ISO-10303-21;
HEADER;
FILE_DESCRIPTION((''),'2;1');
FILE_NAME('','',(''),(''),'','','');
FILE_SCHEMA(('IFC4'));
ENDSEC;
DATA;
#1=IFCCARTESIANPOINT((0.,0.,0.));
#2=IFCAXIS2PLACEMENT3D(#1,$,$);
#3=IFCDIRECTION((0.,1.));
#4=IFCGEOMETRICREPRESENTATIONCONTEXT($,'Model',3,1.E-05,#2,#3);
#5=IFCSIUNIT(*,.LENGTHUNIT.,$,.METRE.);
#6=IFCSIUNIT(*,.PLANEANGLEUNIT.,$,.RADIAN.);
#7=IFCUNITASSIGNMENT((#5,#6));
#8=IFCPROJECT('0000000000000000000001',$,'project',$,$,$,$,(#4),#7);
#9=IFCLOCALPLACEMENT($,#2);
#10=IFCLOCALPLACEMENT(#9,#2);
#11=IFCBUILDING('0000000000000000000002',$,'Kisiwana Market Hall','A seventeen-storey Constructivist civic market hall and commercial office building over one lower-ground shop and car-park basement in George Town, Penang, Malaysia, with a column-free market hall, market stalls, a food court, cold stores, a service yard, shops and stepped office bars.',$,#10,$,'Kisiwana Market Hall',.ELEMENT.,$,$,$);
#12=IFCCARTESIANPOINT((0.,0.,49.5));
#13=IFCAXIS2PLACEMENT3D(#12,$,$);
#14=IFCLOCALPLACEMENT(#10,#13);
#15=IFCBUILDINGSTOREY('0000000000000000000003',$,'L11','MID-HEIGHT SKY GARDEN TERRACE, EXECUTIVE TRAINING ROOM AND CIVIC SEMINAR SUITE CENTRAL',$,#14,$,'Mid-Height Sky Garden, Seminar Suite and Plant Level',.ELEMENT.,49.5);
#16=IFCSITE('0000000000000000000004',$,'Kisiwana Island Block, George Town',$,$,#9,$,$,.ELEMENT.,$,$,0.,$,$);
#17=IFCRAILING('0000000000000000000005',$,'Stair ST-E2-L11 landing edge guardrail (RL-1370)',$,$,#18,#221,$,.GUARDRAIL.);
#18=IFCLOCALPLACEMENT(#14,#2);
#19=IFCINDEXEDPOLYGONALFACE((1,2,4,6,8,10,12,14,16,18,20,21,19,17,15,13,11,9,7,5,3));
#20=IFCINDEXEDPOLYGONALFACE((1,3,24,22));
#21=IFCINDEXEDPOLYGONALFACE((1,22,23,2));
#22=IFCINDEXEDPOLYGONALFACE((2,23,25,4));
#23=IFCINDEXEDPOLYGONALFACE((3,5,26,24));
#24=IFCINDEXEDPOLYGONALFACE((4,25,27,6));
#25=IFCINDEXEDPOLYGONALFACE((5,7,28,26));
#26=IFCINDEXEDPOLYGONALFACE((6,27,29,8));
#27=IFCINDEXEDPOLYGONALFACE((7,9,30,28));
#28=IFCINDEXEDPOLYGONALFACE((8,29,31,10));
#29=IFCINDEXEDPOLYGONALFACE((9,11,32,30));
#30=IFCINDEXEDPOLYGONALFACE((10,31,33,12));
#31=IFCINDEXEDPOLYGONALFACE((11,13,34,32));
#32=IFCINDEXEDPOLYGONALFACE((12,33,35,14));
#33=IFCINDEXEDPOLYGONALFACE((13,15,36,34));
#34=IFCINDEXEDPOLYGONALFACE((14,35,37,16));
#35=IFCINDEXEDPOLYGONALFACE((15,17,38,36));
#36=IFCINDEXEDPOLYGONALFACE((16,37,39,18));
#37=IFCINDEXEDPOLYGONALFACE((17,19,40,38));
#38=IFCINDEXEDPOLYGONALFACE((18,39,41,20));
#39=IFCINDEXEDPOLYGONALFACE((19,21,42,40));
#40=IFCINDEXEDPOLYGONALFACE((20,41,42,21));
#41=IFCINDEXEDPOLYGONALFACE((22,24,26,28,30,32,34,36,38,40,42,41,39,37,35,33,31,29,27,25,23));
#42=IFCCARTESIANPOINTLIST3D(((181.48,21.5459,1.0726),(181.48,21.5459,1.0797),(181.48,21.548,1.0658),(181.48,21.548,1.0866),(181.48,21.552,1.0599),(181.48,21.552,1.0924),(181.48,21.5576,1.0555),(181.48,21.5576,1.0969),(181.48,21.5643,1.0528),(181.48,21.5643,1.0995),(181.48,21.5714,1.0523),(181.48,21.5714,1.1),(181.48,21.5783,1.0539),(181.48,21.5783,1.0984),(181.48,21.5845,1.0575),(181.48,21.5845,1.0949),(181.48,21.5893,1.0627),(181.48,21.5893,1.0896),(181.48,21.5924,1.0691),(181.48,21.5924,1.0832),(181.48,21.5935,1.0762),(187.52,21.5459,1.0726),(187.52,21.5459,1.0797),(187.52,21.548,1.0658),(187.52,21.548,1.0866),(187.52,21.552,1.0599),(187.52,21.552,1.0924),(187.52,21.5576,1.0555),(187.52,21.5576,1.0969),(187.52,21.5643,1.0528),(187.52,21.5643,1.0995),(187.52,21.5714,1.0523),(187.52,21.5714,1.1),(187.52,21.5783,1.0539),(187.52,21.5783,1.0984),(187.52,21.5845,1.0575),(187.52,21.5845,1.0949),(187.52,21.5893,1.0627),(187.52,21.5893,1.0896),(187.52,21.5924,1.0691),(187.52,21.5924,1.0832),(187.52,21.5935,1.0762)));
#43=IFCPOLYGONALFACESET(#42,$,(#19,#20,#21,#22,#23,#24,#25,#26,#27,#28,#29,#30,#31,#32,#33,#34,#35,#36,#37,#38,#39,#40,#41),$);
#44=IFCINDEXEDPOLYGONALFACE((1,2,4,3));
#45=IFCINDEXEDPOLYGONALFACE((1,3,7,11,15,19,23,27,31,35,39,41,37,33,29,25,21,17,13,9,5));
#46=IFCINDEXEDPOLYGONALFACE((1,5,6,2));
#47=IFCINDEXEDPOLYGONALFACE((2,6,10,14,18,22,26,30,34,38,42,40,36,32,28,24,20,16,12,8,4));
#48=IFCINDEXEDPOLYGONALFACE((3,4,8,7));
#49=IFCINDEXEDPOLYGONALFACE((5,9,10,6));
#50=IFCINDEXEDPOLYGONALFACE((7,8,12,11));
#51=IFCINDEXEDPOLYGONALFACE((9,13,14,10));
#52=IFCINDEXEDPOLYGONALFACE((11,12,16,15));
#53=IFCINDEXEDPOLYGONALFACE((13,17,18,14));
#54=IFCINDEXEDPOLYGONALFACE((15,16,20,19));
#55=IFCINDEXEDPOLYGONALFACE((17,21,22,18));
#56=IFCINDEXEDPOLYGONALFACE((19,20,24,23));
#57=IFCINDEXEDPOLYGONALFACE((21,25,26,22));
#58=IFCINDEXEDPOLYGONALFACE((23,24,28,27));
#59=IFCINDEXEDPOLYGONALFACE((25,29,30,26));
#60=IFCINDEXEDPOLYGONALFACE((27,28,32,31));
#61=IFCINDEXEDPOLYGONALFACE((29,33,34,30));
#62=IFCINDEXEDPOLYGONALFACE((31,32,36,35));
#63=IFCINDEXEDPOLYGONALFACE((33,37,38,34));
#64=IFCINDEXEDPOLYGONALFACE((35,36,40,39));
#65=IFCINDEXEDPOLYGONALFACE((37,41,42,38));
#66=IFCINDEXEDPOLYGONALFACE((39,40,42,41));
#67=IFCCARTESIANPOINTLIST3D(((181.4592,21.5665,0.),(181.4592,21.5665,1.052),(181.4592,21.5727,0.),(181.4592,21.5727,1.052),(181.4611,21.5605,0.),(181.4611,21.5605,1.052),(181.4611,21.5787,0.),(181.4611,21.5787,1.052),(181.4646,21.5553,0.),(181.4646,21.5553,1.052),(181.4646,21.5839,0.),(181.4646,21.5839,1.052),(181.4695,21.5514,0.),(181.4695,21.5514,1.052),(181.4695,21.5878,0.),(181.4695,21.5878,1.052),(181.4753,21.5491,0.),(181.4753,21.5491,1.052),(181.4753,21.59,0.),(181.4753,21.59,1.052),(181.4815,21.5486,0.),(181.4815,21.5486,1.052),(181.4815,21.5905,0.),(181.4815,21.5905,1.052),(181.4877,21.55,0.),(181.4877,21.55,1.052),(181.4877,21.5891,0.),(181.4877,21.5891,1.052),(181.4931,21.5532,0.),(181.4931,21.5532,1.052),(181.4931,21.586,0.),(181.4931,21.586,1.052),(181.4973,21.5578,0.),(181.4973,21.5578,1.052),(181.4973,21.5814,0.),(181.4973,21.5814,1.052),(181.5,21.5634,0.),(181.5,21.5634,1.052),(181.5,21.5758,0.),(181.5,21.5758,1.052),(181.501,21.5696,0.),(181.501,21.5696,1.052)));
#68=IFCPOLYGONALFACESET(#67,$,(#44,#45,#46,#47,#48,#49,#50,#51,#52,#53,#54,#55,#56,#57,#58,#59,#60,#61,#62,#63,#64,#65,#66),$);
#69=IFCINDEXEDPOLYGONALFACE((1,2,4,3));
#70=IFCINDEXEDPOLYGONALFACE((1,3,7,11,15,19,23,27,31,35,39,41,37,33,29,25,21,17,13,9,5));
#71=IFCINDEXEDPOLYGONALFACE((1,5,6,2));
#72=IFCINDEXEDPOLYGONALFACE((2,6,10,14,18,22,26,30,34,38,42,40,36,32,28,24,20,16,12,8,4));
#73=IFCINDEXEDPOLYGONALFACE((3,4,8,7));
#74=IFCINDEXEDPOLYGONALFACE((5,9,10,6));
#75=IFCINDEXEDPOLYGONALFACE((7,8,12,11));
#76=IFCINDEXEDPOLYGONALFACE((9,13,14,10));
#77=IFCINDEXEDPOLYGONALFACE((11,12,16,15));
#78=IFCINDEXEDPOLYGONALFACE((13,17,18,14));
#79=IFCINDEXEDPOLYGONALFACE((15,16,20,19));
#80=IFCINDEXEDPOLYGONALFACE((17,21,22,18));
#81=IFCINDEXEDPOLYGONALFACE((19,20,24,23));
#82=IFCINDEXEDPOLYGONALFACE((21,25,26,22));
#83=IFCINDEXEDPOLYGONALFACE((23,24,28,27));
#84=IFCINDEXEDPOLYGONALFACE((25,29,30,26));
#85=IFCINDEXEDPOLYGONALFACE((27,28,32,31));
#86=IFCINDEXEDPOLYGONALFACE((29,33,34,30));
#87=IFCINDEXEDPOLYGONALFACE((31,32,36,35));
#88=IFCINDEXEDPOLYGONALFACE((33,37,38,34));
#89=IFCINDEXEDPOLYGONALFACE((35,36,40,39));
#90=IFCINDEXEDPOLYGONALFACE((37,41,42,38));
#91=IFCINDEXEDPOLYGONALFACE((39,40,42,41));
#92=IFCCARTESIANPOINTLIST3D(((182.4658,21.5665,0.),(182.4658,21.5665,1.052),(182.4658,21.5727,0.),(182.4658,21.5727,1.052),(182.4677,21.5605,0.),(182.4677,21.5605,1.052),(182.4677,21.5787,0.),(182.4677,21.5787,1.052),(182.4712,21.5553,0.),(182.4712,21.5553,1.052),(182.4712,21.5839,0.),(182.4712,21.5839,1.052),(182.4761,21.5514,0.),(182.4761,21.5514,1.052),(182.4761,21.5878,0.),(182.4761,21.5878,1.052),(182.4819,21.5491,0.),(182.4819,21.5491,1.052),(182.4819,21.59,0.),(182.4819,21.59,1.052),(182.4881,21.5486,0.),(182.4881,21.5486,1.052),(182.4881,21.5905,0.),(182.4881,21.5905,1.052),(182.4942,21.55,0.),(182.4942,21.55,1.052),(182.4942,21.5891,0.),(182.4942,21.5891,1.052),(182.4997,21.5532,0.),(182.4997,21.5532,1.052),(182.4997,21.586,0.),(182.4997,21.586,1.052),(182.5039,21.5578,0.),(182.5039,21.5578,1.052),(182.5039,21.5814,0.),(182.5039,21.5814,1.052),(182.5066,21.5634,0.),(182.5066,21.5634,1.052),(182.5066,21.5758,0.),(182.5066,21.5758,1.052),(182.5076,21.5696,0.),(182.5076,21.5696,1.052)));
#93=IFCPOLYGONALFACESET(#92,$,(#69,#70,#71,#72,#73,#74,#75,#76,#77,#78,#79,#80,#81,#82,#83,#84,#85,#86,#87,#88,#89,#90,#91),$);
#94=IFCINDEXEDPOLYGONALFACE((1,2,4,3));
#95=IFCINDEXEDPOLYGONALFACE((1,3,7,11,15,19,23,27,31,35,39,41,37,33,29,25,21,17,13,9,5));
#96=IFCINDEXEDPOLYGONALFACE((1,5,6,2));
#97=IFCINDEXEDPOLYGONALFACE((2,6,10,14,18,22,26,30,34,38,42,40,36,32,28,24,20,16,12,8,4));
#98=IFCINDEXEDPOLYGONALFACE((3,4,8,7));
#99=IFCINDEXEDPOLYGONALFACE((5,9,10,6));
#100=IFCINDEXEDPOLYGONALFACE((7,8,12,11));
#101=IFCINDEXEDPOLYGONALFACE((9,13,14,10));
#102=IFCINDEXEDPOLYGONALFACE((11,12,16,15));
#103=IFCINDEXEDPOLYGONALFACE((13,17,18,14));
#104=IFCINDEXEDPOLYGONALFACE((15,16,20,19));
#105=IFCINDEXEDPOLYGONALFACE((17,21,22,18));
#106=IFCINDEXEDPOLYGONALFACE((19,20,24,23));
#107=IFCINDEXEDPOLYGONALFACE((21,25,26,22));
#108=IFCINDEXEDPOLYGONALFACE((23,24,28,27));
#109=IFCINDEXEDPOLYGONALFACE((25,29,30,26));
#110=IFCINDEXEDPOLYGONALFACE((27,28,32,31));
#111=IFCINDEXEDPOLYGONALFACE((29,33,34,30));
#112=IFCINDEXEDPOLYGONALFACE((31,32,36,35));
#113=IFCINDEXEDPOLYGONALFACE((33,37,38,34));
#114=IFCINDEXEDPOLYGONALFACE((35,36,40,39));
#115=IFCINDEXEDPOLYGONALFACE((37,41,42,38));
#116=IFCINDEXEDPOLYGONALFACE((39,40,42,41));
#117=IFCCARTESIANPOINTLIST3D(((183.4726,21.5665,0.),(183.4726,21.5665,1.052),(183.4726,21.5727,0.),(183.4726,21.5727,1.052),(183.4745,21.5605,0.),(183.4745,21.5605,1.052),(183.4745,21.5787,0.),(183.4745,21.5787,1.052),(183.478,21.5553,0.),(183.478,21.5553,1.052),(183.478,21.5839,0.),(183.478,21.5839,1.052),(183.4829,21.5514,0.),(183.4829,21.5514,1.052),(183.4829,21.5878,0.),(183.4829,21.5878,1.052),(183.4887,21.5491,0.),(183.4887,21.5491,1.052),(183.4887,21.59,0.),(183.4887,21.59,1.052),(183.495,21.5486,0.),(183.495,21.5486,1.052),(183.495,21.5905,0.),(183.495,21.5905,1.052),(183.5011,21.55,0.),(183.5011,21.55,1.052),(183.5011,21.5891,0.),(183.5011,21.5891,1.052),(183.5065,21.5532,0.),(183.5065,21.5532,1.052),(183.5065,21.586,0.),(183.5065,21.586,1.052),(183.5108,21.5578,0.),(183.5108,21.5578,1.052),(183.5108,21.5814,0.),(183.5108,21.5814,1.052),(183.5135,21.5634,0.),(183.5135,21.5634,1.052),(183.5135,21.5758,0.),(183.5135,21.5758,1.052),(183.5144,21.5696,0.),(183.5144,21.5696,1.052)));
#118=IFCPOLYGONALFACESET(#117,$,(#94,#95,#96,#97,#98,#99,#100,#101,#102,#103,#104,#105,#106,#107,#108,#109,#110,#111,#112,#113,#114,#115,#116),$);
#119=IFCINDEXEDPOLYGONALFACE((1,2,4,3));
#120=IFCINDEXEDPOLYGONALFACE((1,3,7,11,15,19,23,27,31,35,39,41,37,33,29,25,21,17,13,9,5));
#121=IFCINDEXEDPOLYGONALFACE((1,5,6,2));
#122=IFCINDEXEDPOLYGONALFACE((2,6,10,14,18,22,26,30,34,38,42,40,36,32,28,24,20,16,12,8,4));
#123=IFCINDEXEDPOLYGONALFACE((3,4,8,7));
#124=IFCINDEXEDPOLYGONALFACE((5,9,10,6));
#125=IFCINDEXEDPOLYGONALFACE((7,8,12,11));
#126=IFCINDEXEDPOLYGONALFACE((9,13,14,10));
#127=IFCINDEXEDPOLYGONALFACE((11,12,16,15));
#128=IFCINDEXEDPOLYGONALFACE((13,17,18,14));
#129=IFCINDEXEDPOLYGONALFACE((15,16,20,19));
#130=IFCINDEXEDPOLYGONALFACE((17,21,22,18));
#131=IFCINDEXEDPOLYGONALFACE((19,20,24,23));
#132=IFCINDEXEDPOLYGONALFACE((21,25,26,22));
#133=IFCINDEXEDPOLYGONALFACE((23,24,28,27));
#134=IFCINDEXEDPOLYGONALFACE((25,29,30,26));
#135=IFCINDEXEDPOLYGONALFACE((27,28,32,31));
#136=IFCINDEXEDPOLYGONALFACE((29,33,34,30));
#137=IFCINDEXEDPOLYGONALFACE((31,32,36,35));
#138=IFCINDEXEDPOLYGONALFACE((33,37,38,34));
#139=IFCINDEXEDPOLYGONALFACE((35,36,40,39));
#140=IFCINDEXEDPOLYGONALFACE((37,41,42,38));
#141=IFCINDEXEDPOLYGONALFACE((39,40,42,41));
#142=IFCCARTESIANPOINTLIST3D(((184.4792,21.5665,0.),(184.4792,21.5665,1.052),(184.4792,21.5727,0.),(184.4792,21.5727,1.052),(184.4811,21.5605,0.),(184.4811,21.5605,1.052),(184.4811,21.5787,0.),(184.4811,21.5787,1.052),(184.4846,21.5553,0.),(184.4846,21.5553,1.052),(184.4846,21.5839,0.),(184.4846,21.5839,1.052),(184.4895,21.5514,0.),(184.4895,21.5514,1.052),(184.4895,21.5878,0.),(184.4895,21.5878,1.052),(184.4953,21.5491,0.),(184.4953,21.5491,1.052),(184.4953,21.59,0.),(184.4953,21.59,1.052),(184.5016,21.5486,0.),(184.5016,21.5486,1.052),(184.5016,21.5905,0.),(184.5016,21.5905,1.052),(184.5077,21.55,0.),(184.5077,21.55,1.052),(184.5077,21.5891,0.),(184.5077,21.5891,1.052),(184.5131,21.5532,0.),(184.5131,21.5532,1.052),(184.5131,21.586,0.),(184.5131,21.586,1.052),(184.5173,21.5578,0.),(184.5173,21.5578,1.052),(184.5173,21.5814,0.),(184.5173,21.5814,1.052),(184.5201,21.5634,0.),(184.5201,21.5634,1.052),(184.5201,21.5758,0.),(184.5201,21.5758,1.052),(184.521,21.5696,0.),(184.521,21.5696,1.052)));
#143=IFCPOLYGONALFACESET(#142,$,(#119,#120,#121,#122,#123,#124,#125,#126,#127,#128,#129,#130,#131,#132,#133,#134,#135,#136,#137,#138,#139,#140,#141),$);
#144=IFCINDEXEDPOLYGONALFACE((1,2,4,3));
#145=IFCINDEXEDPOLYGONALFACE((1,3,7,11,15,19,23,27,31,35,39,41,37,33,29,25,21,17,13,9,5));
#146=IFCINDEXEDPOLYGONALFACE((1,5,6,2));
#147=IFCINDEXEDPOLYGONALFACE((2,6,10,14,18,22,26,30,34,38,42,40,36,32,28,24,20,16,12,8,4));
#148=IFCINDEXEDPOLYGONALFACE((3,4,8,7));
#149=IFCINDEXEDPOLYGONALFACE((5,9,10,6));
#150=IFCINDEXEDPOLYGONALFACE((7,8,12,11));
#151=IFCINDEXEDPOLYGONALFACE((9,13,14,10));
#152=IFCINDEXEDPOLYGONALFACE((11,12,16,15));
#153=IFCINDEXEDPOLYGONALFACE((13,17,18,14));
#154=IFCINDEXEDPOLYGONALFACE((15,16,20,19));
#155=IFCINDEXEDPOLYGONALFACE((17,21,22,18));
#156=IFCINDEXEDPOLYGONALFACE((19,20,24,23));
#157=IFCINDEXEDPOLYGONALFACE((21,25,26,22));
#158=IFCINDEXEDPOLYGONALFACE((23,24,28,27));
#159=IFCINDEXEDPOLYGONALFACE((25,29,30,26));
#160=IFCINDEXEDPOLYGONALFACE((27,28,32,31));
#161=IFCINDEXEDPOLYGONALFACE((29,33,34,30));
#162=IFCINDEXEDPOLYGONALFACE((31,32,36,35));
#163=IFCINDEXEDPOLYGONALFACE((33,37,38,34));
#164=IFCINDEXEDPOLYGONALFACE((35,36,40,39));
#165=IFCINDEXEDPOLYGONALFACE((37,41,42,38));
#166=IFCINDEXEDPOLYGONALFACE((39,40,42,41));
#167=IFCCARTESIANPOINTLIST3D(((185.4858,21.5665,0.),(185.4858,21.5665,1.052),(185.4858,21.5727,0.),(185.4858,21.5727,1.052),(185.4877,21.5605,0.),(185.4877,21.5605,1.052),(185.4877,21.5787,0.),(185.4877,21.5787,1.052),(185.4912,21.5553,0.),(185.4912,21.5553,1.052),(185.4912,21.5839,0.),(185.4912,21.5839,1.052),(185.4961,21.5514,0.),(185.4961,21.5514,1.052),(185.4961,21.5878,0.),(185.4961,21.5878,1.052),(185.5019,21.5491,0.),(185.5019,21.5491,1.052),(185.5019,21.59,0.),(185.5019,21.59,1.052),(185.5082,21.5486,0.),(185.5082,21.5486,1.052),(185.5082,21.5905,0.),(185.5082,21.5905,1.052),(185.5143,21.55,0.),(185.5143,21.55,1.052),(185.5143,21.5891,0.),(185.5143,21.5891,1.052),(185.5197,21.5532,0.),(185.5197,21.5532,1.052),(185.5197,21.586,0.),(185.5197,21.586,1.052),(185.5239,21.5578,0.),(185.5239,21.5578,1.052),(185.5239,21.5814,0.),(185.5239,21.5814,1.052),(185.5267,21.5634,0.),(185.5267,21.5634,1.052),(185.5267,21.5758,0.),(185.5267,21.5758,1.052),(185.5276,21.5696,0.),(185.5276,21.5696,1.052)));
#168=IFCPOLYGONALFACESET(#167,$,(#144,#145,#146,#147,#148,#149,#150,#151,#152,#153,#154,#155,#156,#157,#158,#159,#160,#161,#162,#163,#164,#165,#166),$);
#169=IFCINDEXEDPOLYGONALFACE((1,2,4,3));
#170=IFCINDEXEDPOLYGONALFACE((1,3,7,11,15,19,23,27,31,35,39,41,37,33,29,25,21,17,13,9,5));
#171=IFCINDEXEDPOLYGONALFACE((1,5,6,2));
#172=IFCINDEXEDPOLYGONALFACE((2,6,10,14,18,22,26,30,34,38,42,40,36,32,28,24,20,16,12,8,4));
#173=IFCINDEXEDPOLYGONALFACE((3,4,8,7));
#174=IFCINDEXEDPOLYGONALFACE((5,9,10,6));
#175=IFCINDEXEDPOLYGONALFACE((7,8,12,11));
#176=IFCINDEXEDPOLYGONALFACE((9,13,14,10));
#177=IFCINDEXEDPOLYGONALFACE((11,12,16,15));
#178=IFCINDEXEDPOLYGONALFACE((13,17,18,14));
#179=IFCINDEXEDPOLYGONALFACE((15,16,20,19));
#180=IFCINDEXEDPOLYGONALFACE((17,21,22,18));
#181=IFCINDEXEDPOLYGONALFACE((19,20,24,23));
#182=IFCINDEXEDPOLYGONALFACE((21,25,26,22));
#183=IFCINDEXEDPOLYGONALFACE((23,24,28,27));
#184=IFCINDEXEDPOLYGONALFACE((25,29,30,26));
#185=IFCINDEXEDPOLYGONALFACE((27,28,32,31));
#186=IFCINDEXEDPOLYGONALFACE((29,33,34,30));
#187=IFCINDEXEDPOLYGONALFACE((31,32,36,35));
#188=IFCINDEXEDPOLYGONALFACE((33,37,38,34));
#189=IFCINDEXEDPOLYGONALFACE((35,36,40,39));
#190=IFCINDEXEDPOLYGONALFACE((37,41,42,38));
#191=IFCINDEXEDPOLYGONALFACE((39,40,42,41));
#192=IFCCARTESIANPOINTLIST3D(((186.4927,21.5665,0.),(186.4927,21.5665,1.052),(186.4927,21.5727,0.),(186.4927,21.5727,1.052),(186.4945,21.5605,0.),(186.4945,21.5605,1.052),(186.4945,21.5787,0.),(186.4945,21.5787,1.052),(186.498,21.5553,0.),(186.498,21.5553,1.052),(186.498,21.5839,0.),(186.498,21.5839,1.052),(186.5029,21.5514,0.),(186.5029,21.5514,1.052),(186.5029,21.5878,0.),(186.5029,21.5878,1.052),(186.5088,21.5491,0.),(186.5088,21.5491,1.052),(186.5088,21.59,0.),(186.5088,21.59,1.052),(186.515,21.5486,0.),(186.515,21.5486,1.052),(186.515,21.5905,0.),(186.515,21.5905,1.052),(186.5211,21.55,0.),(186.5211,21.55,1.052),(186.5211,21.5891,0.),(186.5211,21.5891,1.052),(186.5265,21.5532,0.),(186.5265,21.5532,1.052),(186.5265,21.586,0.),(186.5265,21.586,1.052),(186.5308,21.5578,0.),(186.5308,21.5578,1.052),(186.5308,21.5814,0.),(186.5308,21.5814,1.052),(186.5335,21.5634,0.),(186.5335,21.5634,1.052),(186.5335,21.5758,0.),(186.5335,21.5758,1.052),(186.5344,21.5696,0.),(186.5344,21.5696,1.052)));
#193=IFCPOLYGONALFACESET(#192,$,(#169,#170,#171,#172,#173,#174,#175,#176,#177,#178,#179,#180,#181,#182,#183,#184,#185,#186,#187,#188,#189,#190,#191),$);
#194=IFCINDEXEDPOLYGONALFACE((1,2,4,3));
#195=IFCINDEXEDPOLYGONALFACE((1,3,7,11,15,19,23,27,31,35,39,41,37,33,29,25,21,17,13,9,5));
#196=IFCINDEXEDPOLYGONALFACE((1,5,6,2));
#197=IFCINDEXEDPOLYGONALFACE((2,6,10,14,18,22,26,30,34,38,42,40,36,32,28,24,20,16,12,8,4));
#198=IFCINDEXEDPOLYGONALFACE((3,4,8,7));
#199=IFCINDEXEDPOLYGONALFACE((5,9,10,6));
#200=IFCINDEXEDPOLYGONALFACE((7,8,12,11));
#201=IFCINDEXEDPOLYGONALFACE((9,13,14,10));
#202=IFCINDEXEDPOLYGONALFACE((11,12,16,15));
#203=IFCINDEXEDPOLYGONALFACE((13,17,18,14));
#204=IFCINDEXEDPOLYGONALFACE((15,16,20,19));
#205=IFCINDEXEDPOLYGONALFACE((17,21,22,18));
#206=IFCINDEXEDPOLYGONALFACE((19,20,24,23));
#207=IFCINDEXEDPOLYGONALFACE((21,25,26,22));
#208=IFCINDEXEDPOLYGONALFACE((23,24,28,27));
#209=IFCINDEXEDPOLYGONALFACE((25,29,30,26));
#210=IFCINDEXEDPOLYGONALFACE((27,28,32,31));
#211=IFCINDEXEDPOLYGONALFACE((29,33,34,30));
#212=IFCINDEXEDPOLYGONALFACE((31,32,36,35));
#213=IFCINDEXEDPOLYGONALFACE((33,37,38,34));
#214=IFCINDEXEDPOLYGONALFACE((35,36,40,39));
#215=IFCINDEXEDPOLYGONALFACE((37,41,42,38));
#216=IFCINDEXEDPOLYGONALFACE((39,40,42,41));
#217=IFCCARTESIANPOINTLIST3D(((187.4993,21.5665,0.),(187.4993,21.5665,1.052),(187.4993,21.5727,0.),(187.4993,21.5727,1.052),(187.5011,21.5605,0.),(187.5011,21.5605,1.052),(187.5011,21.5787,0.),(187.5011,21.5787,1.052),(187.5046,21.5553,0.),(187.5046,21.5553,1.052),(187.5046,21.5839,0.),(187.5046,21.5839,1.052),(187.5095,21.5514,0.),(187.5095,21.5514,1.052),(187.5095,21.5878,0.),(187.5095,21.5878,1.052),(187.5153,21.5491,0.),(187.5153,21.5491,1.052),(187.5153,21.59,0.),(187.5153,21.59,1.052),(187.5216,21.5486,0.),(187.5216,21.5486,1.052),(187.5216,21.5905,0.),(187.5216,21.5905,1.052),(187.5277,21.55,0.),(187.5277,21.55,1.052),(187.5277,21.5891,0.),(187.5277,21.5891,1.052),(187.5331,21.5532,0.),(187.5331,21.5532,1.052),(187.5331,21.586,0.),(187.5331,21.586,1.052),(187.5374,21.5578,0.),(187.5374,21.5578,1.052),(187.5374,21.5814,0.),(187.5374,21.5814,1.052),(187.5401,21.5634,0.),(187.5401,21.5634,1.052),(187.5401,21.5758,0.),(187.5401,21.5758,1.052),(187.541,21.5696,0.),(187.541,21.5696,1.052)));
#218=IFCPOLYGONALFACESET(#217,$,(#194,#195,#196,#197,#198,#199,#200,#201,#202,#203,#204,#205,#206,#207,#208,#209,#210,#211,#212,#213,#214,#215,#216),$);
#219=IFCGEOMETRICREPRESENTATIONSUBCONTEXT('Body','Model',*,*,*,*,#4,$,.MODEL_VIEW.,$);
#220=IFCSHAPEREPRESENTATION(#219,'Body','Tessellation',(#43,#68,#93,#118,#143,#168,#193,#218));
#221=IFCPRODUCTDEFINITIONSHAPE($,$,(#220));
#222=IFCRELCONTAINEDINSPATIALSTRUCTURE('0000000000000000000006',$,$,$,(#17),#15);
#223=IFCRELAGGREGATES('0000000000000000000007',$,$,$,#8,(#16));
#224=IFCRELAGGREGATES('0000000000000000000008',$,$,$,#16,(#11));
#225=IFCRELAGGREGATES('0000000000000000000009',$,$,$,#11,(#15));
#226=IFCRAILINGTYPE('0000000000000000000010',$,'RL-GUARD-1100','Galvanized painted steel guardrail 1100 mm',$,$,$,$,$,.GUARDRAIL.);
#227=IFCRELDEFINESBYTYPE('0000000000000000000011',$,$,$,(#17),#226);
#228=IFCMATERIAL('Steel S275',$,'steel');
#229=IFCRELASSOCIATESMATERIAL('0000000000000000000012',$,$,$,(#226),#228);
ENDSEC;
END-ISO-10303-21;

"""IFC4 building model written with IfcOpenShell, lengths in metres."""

from ifc_helpers import new_model, si_unit, direction, frame, origin, origin_2d, place, context, subcontext, project, spatial, circle, extrude, material, type_object, element, save


model = new_model("IFC4")

# Units and contexts
model_context = context("Model", 3, precision=1e-05, world=origin(), true_north=direction((0.0, 1.0)))
body_context = subcontext(model_context, "Body", "Model", "MODEL_VIEW")
ifc_project = project(units=[si_unit("LENGTHUNIT", "METRE"), si_unit("PLANEANGLEUNIT", "RADIAN")], contexts=[model_context])

# Site, building, storey
site_placement = place(None, origin())
site = spatial("IfcSite", under=ifc_project, at=site_placement, Name="Kisiwana Island Block, George Town", CompositionType="ELEMENT", RefElevation=0.0)
building_placement = place(site_placement, origin())
building = spatial("IfcBuilding", under=site, at=building_placement, Name="Kisiwana Market Hall", Description="A seventeen-storey Constructivist civic market hall and commercial office building over one lower-ground shop and car-park basement in George Town, Penang, Malaysia, with a column-free market hall, market stalls, a food court, cold stores, a service yard, shops and stepped office bars.", LongName="Kisiwana Market Hall", CompositionType="ELEMENT")
storey_placement = place(building_placement, frame((0.0, 0.0, 49.5)))
storey = spatial("IfcBuildingStorey", under=building, at=storey_placement, Name="L11", Description="MID-HEIGHT SKY GARDEN TERRACE, EXECUTIVE TRAINING ROOM AND CIVIC SEMINAR SUITE CENTRAL", LongName="Mid-Height Sky Garden, Seminar Suite and Plant Level", CompositionType="ELEMENT", Elevation=49.5)

# Railing
ifc_material_1 = material(Name="Steel S275", Category="steel")
railing_type_1 = type_object("IfcRailingType", Name="RL-GUARD-1100", Description="Galvanized painted steel guardrail 1100 mm", PredefinedType="GUARDRAIL", material=ifc_material_1)
railing_1_placement = place(storey_placement, frame((181.48, 21.5696, 0.0)))
element("IfcRailing", 1, at=railing_1_placement, inside=storey, type_object=railing_type_1, Name="Stair ST-E2-L11 landing edge guardrail (RL-1370)", PredefinedType="GUARDRAIL", context=body_context, shape_type="SweptSolid", body=[
    extrude(circle(Radius=0.0239, at=origin_2d()), frame((0.0, 0.0, 1.0762), z_axis=(1.0, 0.0, 0.0), x_axis=(0.0, 1.0, 0.0)), (0.0, 0.0, 1.0), 6.04),
    extrude(circle(Radius=0.021, at=origin_2d()), origin(), (0.0, 0.0, 1.0), 1.052),
    extrude(circle(Radius=0.021, at=origin_2d()), frame((1.0066, 0.0, 0.0)), (0.0, 0.0, 1.0), 1.052),
    extrude(circle(Radius=0.021, at=origin_2d()), frame((2.0134, 0.0, 0.0)), (0.0, 0.0, 1.0), 1.052),
    extrude(circle(Radius=0.021, at=origin_2d()), frame((3.02, 0.0, 0.0)), (0.0, 0.0, 1.0), 1.052),
    extrude(circle(Radius=0.021, at=origin_2d()), frame((4.0266, 0.0, 0.0)), (0.0, 0.0, 1.0), 1.052),
    extrude(circle(Radius=0.021, at=origin_2d()), frame((5.0334, 0.0, 0.0)), (0.0, 0.0, 1.0), 1.052),
    extrude(circle(Radius=0.021, at=origin_2d()), frame((6.04, 0.0, 0.0)), (0.0, 0.0, 1.0), 1.052),
])

save(model, "model.ifc")
